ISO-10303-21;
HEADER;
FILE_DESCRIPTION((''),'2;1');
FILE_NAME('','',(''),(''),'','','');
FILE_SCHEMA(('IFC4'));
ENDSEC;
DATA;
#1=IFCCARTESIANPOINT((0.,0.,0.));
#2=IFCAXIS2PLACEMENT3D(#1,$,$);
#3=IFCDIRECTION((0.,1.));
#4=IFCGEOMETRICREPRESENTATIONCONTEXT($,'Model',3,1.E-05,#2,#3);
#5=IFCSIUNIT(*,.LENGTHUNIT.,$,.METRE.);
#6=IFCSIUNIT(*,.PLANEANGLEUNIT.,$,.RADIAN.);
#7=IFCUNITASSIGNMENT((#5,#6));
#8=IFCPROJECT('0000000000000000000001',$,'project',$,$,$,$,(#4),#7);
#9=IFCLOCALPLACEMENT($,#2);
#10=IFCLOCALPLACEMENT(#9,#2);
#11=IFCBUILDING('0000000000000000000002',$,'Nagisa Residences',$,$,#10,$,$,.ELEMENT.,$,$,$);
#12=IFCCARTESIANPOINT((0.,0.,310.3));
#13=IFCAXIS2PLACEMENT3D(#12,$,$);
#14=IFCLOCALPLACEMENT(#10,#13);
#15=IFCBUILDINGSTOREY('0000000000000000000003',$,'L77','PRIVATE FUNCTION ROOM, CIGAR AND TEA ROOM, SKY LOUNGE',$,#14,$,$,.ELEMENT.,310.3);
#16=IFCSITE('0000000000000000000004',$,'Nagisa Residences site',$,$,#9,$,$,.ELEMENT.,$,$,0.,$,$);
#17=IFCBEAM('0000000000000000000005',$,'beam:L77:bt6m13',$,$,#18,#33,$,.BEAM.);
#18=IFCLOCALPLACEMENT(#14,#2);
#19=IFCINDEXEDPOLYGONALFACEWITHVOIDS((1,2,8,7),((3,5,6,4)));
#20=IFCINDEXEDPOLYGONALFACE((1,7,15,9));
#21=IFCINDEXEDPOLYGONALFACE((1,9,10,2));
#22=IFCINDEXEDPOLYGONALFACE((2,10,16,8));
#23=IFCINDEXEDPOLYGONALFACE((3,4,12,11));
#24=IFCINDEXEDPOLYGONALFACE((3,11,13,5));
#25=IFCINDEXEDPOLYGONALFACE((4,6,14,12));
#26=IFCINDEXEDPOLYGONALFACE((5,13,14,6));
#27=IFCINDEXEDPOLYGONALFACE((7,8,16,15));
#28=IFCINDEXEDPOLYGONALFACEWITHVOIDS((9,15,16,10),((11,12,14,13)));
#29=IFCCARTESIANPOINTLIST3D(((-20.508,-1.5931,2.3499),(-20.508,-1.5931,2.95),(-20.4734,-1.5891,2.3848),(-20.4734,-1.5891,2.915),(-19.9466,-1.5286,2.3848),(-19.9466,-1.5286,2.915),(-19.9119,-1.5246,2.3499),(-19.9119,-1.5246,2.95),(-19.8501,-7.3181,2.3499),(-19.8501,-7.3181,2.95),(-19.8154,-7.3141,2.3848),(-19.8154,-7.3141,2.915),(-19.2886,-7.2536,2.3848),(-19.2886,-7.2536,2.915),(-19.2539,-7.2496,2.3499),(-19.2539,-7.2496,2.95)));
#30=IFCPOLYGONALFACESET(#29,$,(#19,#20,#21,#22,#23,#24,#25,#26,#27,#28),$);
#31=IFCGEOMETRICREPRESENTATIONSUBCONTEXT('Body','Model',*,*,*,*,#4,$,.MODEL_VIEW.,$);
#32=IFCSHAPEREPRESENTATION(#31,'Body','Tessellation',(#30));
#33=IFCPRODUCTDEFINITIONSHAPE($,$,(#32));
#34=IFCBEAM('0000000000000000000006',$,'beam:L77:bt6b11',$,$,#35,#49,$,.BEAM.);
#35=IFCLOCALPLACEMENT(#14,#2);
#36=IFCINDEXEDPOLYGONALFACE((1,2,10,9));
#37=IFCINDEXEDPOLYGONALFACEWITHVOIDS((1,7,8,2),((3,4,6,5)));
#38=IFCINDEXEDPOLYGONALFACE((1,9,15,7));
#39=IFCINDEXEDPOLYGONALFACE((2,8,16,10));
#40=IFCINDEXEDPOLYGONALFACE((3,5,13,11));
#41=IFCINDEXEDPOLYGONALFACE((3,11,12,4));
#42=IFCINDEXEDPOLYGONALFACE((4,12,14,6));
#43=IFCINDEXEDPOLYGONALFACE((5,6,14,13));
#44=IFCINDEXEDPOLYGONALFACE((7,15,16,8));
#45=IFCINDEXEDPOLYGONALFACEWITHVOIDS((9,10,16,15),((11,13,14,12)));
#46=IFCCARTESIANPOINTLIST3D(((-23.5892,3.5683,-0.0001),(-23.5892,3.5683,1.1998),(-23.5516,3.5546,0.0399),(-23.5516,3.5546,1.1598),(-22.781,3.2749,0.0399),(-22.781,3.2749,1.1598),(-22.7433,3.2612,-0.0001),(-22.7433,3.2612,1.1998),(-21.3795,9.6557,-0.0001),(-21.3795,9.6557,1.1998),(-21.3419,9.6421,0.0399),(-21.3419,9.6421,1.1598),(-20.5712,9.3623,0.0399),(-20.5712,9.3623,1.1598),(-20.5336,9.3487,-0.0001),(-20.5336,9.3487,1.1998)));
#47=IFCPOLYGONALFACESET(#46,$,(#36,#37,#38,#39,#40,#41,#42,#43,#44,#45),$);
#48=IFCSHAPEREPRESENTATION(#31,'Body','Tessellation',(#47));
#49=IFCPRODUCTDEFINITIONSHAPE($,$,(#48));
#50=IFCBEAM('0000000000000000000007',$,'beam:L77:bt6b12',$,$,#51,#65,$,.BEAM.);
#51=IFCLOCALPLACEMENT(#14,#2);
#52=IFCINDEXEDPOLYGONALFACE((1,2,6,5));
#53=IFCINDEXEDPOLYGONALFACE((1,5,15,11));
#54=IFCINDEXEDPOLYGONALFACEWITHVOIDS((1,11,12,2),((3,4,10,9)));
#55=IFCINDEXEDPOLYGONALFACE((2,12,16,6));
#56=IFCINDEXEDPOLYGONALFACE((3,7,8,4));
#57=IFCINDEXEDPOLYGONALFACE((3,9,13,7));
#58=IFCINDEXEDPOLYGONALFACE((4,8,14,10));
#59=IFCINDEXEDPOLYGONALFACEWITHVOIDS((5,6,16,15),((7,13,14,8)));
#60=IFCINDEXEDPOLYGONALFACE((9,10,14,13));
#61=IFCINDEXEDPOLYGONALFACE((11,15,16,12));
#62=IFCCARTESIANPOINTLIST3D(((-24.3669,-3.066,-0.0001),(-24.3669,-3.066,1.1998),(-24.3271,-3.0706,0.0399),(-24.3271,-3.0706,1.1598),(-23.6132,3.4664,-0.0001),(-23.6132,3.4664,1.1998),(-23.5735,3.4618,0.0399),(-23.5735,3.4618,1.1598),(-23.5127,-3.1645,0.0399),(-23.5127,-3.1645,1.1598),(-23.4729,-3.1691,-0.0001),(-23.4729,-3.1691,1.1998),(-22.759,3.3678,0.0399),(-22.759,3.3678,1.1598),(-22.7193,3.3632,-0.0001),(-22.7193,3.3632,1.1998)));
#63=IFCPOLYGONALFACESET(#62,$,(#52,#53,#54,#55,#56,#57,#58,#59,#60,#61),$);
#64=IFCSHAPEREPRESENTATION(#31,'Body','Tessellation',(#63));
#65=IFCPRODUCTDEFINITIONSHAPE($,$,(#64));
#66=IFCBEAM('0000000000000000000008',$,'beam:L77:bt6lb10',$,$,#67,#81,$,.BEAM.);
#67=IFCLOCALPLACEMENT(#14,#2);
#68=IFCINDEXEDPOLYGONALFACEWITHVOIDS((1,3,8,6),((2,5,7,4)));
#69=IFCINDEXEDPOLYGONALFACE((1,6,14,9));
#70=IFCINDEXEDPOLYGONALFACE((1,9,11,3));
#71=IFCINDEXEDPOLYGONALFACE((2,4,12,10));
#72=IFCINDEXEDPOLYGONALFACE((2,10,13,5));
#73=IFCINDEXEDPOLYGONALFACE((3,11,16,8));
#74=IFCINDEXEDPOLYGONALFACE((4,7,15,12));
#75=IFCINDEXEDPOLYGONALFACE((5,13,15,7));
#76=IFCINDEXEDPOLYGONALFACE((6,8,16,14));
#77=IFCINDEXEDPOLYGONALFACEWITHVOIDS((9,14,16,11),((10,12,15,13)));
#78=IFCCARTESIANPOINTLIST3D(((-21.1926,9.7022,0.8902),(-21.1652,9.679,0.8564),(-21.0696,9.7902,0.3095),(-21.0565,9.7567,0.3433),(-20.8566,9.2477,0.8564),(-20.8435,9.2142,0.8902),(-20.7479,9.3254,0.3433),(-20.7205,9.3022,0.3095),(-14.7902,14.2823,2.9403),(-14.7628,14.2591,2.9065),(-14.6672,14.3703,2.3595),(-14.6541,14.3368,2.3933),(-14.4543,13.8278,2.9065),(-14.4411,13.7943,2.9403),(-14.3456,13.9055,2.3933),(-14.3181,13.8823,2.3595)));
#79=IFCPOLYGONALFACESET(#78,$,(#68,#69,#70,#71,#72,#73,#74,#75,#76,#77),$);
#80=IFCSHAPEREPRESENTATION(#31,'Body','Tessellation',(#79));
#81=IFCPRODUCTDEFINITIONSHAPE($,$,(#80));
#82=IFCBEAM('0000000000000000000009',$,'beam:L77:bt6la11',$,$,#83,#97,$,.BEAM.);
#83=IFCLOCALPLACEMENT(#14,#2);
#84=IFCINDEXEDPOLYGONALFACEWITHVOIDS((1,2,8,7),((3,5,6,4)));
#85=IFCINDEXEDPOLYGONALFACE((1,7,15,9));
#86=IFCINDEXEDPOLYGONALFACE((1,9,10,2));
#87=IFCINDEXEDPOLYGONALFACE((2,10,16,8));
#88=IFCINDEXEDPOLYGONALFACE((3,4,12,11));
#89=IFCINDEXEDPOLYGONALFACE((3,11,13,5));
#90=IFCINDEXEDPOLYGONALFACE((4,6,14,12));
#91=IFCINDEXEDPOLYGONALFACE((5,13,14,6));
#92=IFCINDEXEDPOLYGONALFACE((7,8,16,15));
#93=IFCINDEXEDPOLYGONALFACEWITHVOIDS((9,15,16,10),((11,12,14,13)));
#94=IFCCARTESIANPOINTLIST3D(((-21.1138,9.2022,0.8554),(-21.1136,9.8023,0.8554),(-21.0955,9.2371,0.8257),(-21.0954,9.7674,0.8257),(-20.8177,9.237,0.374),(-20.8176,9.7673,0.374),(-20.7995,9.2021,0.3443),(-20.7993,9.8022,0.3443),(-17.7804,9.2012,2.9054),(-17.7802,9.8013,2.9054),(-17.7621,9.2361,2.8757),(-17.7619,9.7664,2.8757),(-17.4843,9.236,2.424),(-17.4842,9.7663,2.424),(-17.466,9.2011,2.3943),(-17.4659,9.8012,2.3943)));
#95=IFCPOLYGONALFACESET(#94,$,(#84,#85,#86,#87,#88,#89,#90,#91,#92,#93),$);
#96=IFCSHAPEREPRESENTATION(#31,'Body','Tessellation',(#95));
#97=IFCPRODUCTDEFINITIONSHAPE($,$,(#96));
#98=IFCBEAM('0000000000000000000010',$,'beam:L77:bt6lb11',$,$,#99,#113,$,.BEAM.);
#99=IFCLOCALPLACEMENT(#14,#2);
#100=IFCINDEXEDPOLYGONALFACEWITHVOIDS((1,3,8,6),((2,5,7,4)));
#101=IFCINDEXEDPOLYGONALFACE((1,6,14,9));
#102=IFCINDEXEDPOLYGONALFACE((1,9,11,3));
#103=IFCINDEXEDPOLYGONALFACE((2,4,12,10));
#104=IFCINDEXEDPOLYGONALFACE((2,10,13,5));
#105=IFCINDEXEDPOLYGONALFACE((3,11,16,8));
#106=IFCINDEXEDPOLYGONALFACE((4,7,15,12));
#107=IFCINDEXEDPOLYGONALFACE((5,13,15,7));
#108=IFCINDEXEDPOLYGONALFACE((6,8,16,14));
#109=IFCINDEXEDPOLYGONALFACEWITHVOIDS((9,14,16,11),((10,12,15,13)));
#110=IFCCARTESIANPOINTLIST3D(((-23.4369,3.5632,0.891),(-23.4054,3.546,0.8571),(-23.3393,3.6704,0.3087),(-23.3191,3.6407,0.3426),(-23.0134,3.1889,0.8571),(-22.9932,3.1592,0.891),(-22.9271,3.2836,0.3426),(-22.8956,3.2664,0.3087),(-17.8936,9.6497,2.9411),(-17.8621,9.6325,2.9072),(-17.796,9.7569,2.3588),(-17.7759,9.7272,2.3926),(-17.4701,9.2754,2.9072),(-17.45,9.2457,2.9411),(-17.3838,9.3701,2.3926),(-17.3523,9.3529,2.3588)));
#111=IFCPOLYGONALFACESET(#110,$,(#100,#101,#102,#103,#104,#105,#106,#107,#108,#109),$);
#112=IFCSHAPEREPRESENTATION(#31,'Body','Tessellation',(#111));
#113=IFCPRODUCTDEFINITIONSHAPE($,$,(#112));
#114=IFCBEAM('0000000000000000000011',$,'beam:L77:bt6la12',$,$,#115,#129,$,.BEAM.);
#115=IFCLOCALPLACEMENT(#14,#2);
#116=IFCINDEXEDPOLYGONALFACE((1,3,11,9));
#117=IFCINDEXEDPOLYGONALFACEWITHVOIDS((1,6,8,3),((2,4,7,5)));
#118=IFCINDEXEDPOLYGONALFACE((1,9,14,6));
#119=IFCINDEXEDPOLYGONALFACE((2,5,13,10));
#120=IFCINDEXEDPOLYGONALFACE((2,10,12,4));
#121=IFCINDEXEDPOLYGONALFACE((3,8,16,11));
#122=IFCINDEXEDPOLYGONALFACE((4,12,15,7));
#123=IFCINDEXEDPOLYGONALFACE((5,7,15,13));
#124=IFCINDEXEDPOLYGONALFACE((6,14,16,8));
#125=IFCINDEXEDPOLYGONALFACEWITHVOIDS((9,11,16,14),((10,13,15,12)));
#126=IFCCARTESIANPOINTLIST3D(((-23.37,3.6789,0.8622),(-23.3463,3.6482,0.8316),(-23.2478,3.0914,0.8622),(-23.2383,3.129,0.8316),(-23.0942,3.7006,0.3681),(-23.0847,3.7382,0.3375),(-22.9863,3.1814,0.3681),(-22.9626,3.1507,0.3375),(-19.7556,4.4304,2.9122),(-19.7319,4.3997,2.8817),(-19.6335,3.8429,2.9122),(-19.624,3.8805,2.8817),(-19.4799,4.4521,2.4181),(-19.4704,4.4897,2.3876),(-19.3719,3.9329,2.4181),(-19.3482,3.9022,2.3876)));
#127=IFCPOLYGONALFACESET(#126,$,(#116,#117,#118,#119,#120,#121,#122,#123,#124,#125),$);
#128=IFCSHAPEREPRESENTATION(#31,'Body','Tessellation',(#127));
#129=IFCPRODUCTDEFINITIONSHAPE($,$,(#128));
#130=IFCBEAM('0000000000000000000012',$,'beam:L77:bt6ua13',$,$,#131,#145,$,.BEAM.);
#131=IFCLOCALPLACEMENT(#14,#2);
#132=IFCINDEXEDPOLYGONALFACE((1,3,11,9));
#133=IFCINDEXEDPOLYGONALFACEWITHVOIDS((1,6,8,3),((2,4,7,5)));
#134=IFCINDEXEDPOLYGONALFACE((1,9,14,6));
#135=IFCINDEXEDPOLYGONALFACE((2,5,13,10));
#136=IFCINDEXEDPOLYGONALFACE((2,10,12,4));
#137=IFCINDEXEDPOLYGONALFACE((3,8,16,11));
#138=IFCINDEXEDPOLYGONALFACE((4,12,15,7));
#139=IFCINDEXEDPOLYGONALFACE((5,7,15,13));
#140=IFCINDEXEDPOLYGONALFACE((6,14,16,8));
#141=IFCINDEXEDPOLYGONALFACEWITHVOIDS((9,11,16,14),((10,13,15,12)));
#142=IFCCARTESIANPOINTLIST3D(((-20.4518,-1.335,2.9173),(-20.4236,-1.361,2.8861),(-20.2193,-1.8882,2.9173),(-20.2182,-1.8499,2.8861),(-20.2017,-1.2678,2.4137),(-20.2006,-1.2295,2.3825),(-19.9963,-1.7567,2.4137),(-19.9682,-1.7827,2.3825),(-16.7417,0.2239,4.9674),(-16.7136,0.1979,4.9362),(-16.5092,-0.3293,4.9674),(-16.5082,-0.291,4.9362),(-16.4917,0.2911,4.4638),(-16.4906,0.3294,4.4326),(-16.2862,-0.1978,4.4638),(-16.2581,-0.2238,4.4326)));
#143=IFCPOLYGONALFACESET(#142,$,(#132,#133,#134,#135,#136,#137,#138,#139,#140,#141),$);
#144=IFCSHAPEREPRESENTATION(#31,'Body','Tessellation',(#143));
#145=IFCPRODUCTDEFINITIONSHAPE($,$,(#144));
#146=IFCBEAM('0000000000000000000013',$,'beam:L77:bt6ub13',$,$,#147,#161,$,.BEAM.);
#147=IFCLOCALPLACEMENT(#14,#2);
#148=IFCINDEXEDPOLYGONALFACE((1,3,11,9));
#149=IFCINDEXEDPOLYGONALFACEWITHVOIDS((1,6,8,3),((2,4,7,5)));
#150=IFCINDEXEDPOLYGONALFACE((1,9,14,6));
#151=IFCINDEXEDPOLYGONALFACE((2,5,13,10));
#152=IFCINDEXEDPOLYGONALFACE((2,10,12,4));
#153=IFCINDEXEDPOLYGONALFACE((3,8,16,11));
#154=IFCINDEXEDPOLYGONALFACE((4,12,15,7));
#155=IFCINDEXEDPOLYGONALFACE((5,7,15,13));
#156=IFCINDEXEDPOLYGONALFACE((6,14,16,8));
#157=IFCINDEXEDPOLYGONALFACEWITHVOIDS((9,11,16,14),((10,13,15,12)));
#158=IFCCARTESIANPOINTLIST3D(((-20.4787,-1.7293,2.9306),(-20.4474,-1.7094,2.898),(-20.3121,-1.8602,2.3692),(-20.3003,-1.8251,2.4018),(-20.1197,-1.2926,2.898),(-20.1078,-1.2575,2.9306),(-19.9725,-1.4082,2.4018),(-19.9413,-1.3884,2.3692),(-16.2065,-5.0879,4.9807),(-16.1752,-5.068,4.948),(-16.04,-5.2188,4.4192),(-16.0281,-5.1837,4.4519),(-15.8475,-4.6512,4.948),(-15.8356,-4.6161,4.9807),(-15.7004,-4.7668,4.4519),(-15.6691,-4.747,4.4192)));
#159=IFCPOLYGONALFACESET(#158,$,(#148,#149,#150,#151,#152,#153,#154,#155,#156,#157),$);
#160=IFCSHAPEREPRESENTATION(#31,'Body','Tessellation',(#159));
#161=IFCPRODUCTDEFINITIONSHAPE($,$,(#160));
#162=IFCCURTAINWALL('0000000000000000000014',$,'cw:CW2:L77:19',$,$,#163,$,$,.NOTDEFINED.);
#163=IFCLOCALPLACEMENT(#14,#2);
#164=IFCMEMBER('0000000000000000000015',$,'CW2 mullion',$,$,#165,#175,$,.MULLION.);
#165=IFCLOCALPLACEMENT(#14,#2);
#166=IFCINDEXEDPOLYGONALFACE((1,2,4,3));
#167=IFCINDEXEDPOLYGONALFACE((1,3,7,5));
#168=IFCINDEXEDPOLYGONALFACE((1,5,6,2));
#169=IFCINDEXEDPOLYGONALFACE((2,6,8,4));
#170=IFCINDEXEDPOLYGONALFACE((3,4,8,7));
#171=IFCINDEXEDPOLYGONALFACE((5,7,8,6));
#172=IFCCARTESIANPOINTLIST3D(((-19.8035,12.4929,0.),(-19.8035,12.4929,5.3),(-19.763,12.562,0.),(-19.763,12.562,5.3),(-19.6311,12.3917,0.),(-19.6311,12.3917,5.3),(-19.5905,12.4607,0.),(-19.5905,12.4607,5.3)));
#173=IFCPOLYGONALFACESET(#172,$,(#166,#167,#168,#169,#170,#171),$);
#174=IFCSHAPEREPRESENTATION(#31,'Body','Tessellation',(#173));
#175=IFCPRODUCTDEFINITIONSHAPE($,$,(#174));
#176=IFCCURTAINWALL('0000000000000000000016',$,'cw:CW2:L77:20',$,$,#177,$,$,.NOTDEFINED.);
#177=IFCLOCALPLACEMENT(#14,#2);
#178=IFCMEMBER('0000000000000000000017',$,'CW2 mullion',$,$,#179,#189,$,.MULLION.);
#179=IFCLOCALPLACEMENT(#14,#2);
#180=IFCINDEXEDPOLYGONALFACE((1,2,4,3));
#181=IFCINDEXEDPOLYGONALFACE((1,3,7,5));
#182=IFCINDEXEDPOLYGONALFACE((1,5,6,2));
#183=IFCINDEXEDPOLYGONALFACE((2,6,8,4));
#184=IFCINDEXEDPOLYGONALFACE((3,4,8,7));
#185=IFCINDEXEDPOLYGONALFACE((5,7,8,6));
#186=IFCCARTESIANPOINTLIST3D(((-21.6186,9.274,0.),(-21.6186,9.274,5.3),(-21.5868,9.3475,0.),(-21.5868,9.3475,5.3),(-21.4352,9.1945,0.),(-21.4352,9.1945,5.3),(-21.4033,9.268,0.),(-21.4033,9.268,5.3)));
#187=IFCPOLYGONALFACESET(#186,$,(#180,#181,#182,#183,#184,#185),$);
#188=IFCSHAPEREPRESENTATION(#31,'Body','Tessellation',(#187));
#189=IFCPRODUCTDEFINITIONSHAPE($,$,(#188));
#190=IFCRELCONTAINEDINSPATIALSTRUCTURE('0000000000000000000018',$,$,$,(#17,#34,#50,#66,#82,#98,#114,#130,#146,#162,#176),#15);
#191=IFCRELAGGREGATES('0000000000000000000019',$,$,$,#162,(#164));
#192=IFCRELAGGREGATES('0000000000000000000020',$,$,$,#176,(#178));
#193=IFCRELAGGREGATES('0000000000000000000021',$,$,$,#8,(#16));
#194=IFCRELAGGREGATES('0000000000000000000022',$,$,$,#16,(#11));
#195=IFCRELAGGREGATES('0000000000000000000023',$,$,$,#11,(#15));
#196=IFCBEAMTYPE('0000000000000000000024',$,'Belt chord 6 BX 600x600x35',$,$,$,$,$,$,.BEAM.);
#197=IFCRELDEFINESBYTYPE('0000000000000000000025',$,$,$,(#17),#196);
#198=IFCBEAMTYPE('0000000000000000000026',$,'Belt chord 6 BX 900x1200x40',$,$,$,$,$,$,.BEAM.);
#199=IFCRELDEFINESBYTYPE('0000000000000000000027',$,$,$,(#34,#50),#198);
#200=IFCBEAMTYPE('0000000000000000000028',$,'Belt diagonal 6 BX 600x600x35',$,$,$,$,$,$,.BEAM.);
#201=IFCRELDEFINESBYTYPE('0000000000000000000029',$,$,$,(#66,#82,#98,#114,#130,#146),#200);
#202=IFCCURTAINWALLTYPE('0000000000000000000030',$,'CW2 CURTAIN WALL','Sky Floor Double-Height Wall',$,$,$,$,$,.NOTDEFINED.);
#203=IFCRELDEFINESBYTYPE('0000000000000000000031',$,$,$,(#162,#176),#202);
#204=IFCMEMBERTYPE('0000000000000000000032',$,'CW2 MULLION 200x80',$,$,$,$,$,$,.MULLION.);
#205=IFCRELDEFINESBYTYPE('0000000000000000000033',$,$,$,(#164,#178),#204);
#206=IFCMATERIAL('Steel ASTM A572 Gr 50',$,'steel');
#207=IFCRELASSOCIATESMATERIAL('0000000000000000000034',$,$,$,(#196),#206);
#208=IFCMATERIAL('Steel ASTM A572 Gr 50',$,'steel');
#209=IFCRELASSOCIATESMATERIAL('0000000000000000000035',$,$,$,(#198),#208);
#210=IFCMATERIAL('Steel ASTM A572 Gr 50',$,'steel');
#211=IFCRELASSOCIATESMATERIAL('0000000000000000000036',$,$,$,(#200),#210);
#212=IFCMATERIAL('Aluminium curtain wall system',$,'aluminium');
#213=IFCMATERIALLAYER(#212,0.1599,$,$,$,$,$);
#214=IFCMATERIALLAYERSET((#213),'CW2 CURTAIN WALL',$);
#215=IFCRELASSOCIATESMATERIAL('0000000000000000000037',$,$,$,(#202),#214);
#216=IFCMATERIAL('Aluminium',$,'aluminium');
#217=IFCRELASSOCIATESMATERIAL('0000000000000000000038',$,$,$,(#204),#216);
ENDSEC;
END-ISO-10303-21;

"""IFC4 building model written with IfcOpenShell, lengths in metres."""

from ifc_helpers import new_model, si_unit, direction, frame, origin, origin_2d, place, context, subcontext, project, spatial, rectangle, hollow_rectangle, extrude, material, layer, layer_set, material_profile, profile_set, type_object, element, aggregate, save


model = new_model("IFC4")

# Units and contexts
model_context = context("Model", 3, precision=1e-05, world=origin(), true_north=direction((0.0, 1.0)))
body_context = subcontext(model_context, "Body", "Model", "MODEL_VIEW")
ifc_project = project(units=[si_unit("LENGTHUNIT", "METRE"), si_unit("PLANEANGLEUNIT", "RADIAN")], contexts=[model_context])

# Site, building, storey
site_placement = place(None, origin())
site = spatial("IfcSite", under=ifc_project, at=site_placement, Name="Nagisa Residences site", CompositionType="ELEMENT", RefElevation=0.0)
building_placement = place(site_placement, origin())
building = spatial("IfcBuilding", under=site, at=building_placement, Name="Nagisa Residences", CompositionType="ELEMENT")
storey_placement = place(building_placement, frame((0.0, 0.0, 310.3)))
storey = spatial("IfcBuildingStorey", under=building, at=storey_placement, Name="L77", Description="PRIVATE FUNCTION ROOM, CIGAR AND TEA ROOM, SKY LOUNGE", CompositionType="ELEMENT", Elevation=310.3)

# Beams
ifc_material_1 = material(Name="Steel ASTM A572 Gr 50", Category="steel")
ifc_material_profile_1 = material_profile(ifc_material_1, hollow_rectangle(XDim=0.6001, YDim=0.6001, WallThickness=0.0349, at=origin_2d()), Name="BX 600x600x35")
ifc_profile_set_1 = profile_set([ifc_material_profile_1], Name="Steel ASTM A572 Gr 50")
beam_type_1 = type_object("IfcBeamType", Name="Belt chord 6 BX 600x600x35", PredefinedType="BEAM", material=ifc_profile_set_1)
beam_1_placement = place(storey_placement, frame((-20.21, -1.5588, 2.6499), z_axis=(0.114174, -0.993461, 0.0), x_axis=(0.993461, 0.114174, 0.0)))
element("IfcBeam", 1, at=beam_1_placement, inside=storey, type_object=beam_type_1, Name="beam:L77:bt6m13", PredefinedType="BEAM", context=body_context, shape_type="SweptSolid", body=[
    extrude(hollow_rectangle(XDim=0.6001, YDim=0.6001, WallThickness=0.0349, at=origin_2d()), origin(), (0.0, 0.0, 1.0), 5.7627),
])
ifc_material_2 = material(Name="Steel ASTM A572 Gr 50", Category="steel")
ifc_material_profile_2 = material_profile(ifc_material_2, hollow_rectangle(XDim=0.8999, YDim=1.2, WallThickness=0.04, at=origin_2d()), Name="BX 900x1200x40")
ifc_profile_set_2 = profile_set([ifc_material_profile_2], Name="Steel ASTM A572 Gr 50")
beam_type_2 = type_object("IfcBeamType", Name="Belt chord 6 BX 900x1200x40", PredefinedType="BEAM", material=ifc_profile_set_2)
beam_2_placement = place(storey_placement, frame((-20.9565, 9.5022, 0.5999), z_axis=(-0.341213, -0.939986, 0.0), x_axis=(0.939986, -0.341213, 0.0)))
element("IfcBeam", 2, at=beam_2_placement, inside=storey, type_object=beam_type_2, Name="beam:L77:bt6b11", PredefinedType="BEAM", context=body_context, shape_type="SweptSolid", body=[
    extrude(hollow_rectangle(XDim=0.8999, YDim=1.2, WallThickness=0.04, at=origin_2d()), origin(), (0.0, 0.0, 1.0), 6.4761),
])
beam_3_placement = place(storey_placement, frame((-23.1663, 3.4148, 0.5999), z_axis=(-0.114611, -0.99341, 0.0), x_axis=(0.99341, -0.114611, 0.0)))
element("IfcBeam", 3, at=beam_3_placement, inside=storey, type_object=beam_type_2, Name="beam:L77:bt6b12", PredefinedType="BEAM", context=body_context, shape_type="SweptSolid", body=[
    extrude(hollow_rectangle(XDim=0.8999, YDim=1.2, WallThickness=0.04, at=origin_2d()), origin(), (0.0, 0.0, 1.0), 6.5757),
])
ifc_material_3 = material(Name="Steel ASTM A572 Gr 50", Category="steel")
ifc_material_profile_3 = material_profile(ifc_material_3, hollow_rectangle(XDim=0.6001, YDim=0.6001, WallThickness=0.0349, at=origin_2d()), Name="BX 600x600x35")
ifc_profile_set_3 = profile_set([ifc_material_profile_3], Name="Steel ASTM A572 Gr 50")
beam_type_3 = type_object("IfcBeamType", Name="Belt diagonal 6 BX 600x600x35", PredefinedType="BEAM", material=ifc_profile_set_3)
beam_4_placement = place(storey_placement, frame((-20.9565, 9.5022, 0.5999), z_axis=(0.787062, 0.563045, 0.25202), x_axis=(-0.581825, 0.813314, 0.0)))
element("IfcBeam", 4, at=beam_4_placement, inside=storey, type_object=beam_type_3, Name="beam:L77:bt6lb10", PredefinedType="BEAM", context=body_context, shape_type="SweptSolid", body=[
    extrude(hollow_rectangle(XDim=0.6001, YDim=0.6001, WallThickness=0.0349, at=origin_2d()), origin(), (0.0, 0.0, 1.0), 8.1345),
])
beam_5_placement = place(storey_placement, frame((-20.9565, 9.5022, 0.5999), z_axis=(0.85181, -0.00025, 0.52385), x_axis=(0.000293, 1.0, 0.0)))
element("IfcBeam", 5, at=beam_5_placement, inside=storey, type_object=beam_type_3, Name="beam:L77:bt6la11", PredefinedType="BEAM", context=body_context, shape_type="SweptSolid", body=[
    extrude(hollow_rectangle(XDim=0.6001, YDim=0.6001, WallThickness=0.0349, at=origin_2d()), origin(), (0.0, 0.0, 1.0), 3.9133),
])
beam_6_placement = place(storey_placement, frame((-23.1663, 3.4148, 0.5999), z_axis=(0.65339, 0.717419, 0.241643), x_axis=(-0.739329, 0.673344, 0.0)))
element("IfcBeam", 6, at=beam_6_placement, inside=storey, type_object=beam_type_3, Name="beam:L77:bt6lb11", PredefinedType="BEAM", context=body_context, shape_type="SweptSolid", body=[
    extrude(hollow_rectangle(XDim=0.6001, YDim=0.6001, WallThickness=0.0349, at=origin_2d()), origin(), (0.0, 0.0, 1.0), 8.4839),
])
beam_7_placement = place(storey_placement, frame((-23.1663, 3.4148, 0.5999), z_axis=(0.855934, 0.177963, 0.485496), x_axis=(-0.203563, 0.979062, 0.0)))
element("IfcBeam", 7, at=beam_7_placement, inside=storey, type_object=beam_type_3, Name="beam:L77:bt6la12", PredefinedType="BEAM", context=body_context, shape_type="SweptSolid", body=[
    extrude(hollow_rectangle(XDim=0.6001, YDim=0.6001, WallThickness=0.0349, at=origin_2d()), origin(), (0.0, 0.0, 1.0), 4.2227),
])
beam_8_placement = place(storey_placement, frame((-20.21, -1.5588, 2.6499), z_axis=(0.82147, 0.345162, 0.453928), x_axis=(-0.387371, 0.921924, 0.0)))
element("IfcBeam", 8, at=beam_8_placement, inside=storey, type_object=beam_type_3, Name="beam:L77:bt6ua13", PredefinedType="BEAM", context=body_context, shape_type="SweptSolid", body=[
    extrude(hollow_rectangle(XDim=0.6001, YDim=0.6001, WallThickness=0.0349, at=origin_2d()), origin(), (0.0, 0.0, 1.0), 4.5164),
])
beam_9_placement = place(storey_placement, frame((-20.21, -1.5588, 2.6499), z_axis=(0.735551, -0.57826, 0.352959), x_axis=(0.618038, 0.786148, 0.0)))
element("IfcBeam", 9, at=beam_9_placement, inside=storey, type_object=beam_type_3, Name="beam:L77:bt6ub13", PredefinedType="BEAM", context=body_context, shape_type="SweptSolid", body=[
    extrude(hollow_rectangle(XDim=0.6001, YDim=0.6001, WallThickness=0.0349, at=origin_2d()), origin(), (0.0, 0.0, 1.0), 5.8081),
])

# Curtain walls, members
ifc_material_4 = material(Name="Aluminium curtain wall system", Category="aluminium")
ifc_layer_1 = layer(ifc_material_4, 0.1599)
ifc_layer_set_1 = layer_set([ifc_layer_1], Name="CW2 CURTAIN WALL")
curtain_wall_type = type_object("IfcCurtainWallType", Name="CW2 CURTAIN WALL", Description="Sky Floor Double-Height Wall", PredefinedType="NOTDEFINED", material=ifc_layer_set_1)
curtain_wall_1_placement = place(storey_placement, origin())
curtain_wall_1 = element("IfcCurtainWall", 10, at=curtain_wall_1_placement, inside=storey, type_object=curtain_wall_type, Name="cw:CW2:L77:19", PredefinedType="NOTDEFINED")
ifc_material_5 = material(Name="Aluminium", Category="aluminium")
ifc_material_profile_4 = material_profile(ifc_material_5, rectangle(XDim=0.2, YDim=0.0801, at=origin_2d()), Name="CW2 MULLION 200x80")
ifc_profile_set_4 = profile_set([ifc_material_profile_4], Name="Aluminium")
member_type_1 = type_object("IfcMemberType", Name="CW2 MULLION 200x80", PredefinedType="MULLION", material=ifc_profile_set_4)
member_1_placement = place(storey_placement, frame((-19.697, 12.4768, 0.0), z_axis=(0.0, 0.0, 1.0), x_axis=(0.862329, -0.506349, 0.0)))
member_1 = element("IfcMember", 11, at=member_1_placement, type_object=member_type_1, Name="CW2 mullion", PredefinedType="MULLION", context=body_context, shape_type="SweptSolid", body=[
    extrude(rectangle(XDim=0.2, YDim=0.0801, at=origin_2d()), origin(), (0.0, 0.0, 1.0), 5.3),
])
curtain_wall_2_placement = place(storey_placement, origin())
curtain_wall_2 = element("IfcCurtainWall", 12, at=curtain_wall_2_placement, inside=storey, type_object=curtain_wall_type, Name="cw:CW2:L77:20", PredefinedType="NOTDEFINED")
member_2_placement = place(storey_placement, frame((-21.511, 9.271, 0.0), z_axis=(0.0, 0.0, 1.0), x_axis=(0.917543, -0.397636, 0.0)))
member_2 = element("IfcMember", 13, at=member_2_placement, type_object=member_type_1, Name="CW2 mullion", PredefinedType="MULLION", context=body_context, shape_type="SweptSolid", body=[
    extrude(rectangle(XDim=0.2, YDim=0.0801, at=origin_2d()), origin(), (0.0, 0.0, 1.0), 5.3),
])

aggregate(curtain_wall_1, [member_1])
aggregate(curtain_wall_2, [member_2])

save(model, "model.ifc")
